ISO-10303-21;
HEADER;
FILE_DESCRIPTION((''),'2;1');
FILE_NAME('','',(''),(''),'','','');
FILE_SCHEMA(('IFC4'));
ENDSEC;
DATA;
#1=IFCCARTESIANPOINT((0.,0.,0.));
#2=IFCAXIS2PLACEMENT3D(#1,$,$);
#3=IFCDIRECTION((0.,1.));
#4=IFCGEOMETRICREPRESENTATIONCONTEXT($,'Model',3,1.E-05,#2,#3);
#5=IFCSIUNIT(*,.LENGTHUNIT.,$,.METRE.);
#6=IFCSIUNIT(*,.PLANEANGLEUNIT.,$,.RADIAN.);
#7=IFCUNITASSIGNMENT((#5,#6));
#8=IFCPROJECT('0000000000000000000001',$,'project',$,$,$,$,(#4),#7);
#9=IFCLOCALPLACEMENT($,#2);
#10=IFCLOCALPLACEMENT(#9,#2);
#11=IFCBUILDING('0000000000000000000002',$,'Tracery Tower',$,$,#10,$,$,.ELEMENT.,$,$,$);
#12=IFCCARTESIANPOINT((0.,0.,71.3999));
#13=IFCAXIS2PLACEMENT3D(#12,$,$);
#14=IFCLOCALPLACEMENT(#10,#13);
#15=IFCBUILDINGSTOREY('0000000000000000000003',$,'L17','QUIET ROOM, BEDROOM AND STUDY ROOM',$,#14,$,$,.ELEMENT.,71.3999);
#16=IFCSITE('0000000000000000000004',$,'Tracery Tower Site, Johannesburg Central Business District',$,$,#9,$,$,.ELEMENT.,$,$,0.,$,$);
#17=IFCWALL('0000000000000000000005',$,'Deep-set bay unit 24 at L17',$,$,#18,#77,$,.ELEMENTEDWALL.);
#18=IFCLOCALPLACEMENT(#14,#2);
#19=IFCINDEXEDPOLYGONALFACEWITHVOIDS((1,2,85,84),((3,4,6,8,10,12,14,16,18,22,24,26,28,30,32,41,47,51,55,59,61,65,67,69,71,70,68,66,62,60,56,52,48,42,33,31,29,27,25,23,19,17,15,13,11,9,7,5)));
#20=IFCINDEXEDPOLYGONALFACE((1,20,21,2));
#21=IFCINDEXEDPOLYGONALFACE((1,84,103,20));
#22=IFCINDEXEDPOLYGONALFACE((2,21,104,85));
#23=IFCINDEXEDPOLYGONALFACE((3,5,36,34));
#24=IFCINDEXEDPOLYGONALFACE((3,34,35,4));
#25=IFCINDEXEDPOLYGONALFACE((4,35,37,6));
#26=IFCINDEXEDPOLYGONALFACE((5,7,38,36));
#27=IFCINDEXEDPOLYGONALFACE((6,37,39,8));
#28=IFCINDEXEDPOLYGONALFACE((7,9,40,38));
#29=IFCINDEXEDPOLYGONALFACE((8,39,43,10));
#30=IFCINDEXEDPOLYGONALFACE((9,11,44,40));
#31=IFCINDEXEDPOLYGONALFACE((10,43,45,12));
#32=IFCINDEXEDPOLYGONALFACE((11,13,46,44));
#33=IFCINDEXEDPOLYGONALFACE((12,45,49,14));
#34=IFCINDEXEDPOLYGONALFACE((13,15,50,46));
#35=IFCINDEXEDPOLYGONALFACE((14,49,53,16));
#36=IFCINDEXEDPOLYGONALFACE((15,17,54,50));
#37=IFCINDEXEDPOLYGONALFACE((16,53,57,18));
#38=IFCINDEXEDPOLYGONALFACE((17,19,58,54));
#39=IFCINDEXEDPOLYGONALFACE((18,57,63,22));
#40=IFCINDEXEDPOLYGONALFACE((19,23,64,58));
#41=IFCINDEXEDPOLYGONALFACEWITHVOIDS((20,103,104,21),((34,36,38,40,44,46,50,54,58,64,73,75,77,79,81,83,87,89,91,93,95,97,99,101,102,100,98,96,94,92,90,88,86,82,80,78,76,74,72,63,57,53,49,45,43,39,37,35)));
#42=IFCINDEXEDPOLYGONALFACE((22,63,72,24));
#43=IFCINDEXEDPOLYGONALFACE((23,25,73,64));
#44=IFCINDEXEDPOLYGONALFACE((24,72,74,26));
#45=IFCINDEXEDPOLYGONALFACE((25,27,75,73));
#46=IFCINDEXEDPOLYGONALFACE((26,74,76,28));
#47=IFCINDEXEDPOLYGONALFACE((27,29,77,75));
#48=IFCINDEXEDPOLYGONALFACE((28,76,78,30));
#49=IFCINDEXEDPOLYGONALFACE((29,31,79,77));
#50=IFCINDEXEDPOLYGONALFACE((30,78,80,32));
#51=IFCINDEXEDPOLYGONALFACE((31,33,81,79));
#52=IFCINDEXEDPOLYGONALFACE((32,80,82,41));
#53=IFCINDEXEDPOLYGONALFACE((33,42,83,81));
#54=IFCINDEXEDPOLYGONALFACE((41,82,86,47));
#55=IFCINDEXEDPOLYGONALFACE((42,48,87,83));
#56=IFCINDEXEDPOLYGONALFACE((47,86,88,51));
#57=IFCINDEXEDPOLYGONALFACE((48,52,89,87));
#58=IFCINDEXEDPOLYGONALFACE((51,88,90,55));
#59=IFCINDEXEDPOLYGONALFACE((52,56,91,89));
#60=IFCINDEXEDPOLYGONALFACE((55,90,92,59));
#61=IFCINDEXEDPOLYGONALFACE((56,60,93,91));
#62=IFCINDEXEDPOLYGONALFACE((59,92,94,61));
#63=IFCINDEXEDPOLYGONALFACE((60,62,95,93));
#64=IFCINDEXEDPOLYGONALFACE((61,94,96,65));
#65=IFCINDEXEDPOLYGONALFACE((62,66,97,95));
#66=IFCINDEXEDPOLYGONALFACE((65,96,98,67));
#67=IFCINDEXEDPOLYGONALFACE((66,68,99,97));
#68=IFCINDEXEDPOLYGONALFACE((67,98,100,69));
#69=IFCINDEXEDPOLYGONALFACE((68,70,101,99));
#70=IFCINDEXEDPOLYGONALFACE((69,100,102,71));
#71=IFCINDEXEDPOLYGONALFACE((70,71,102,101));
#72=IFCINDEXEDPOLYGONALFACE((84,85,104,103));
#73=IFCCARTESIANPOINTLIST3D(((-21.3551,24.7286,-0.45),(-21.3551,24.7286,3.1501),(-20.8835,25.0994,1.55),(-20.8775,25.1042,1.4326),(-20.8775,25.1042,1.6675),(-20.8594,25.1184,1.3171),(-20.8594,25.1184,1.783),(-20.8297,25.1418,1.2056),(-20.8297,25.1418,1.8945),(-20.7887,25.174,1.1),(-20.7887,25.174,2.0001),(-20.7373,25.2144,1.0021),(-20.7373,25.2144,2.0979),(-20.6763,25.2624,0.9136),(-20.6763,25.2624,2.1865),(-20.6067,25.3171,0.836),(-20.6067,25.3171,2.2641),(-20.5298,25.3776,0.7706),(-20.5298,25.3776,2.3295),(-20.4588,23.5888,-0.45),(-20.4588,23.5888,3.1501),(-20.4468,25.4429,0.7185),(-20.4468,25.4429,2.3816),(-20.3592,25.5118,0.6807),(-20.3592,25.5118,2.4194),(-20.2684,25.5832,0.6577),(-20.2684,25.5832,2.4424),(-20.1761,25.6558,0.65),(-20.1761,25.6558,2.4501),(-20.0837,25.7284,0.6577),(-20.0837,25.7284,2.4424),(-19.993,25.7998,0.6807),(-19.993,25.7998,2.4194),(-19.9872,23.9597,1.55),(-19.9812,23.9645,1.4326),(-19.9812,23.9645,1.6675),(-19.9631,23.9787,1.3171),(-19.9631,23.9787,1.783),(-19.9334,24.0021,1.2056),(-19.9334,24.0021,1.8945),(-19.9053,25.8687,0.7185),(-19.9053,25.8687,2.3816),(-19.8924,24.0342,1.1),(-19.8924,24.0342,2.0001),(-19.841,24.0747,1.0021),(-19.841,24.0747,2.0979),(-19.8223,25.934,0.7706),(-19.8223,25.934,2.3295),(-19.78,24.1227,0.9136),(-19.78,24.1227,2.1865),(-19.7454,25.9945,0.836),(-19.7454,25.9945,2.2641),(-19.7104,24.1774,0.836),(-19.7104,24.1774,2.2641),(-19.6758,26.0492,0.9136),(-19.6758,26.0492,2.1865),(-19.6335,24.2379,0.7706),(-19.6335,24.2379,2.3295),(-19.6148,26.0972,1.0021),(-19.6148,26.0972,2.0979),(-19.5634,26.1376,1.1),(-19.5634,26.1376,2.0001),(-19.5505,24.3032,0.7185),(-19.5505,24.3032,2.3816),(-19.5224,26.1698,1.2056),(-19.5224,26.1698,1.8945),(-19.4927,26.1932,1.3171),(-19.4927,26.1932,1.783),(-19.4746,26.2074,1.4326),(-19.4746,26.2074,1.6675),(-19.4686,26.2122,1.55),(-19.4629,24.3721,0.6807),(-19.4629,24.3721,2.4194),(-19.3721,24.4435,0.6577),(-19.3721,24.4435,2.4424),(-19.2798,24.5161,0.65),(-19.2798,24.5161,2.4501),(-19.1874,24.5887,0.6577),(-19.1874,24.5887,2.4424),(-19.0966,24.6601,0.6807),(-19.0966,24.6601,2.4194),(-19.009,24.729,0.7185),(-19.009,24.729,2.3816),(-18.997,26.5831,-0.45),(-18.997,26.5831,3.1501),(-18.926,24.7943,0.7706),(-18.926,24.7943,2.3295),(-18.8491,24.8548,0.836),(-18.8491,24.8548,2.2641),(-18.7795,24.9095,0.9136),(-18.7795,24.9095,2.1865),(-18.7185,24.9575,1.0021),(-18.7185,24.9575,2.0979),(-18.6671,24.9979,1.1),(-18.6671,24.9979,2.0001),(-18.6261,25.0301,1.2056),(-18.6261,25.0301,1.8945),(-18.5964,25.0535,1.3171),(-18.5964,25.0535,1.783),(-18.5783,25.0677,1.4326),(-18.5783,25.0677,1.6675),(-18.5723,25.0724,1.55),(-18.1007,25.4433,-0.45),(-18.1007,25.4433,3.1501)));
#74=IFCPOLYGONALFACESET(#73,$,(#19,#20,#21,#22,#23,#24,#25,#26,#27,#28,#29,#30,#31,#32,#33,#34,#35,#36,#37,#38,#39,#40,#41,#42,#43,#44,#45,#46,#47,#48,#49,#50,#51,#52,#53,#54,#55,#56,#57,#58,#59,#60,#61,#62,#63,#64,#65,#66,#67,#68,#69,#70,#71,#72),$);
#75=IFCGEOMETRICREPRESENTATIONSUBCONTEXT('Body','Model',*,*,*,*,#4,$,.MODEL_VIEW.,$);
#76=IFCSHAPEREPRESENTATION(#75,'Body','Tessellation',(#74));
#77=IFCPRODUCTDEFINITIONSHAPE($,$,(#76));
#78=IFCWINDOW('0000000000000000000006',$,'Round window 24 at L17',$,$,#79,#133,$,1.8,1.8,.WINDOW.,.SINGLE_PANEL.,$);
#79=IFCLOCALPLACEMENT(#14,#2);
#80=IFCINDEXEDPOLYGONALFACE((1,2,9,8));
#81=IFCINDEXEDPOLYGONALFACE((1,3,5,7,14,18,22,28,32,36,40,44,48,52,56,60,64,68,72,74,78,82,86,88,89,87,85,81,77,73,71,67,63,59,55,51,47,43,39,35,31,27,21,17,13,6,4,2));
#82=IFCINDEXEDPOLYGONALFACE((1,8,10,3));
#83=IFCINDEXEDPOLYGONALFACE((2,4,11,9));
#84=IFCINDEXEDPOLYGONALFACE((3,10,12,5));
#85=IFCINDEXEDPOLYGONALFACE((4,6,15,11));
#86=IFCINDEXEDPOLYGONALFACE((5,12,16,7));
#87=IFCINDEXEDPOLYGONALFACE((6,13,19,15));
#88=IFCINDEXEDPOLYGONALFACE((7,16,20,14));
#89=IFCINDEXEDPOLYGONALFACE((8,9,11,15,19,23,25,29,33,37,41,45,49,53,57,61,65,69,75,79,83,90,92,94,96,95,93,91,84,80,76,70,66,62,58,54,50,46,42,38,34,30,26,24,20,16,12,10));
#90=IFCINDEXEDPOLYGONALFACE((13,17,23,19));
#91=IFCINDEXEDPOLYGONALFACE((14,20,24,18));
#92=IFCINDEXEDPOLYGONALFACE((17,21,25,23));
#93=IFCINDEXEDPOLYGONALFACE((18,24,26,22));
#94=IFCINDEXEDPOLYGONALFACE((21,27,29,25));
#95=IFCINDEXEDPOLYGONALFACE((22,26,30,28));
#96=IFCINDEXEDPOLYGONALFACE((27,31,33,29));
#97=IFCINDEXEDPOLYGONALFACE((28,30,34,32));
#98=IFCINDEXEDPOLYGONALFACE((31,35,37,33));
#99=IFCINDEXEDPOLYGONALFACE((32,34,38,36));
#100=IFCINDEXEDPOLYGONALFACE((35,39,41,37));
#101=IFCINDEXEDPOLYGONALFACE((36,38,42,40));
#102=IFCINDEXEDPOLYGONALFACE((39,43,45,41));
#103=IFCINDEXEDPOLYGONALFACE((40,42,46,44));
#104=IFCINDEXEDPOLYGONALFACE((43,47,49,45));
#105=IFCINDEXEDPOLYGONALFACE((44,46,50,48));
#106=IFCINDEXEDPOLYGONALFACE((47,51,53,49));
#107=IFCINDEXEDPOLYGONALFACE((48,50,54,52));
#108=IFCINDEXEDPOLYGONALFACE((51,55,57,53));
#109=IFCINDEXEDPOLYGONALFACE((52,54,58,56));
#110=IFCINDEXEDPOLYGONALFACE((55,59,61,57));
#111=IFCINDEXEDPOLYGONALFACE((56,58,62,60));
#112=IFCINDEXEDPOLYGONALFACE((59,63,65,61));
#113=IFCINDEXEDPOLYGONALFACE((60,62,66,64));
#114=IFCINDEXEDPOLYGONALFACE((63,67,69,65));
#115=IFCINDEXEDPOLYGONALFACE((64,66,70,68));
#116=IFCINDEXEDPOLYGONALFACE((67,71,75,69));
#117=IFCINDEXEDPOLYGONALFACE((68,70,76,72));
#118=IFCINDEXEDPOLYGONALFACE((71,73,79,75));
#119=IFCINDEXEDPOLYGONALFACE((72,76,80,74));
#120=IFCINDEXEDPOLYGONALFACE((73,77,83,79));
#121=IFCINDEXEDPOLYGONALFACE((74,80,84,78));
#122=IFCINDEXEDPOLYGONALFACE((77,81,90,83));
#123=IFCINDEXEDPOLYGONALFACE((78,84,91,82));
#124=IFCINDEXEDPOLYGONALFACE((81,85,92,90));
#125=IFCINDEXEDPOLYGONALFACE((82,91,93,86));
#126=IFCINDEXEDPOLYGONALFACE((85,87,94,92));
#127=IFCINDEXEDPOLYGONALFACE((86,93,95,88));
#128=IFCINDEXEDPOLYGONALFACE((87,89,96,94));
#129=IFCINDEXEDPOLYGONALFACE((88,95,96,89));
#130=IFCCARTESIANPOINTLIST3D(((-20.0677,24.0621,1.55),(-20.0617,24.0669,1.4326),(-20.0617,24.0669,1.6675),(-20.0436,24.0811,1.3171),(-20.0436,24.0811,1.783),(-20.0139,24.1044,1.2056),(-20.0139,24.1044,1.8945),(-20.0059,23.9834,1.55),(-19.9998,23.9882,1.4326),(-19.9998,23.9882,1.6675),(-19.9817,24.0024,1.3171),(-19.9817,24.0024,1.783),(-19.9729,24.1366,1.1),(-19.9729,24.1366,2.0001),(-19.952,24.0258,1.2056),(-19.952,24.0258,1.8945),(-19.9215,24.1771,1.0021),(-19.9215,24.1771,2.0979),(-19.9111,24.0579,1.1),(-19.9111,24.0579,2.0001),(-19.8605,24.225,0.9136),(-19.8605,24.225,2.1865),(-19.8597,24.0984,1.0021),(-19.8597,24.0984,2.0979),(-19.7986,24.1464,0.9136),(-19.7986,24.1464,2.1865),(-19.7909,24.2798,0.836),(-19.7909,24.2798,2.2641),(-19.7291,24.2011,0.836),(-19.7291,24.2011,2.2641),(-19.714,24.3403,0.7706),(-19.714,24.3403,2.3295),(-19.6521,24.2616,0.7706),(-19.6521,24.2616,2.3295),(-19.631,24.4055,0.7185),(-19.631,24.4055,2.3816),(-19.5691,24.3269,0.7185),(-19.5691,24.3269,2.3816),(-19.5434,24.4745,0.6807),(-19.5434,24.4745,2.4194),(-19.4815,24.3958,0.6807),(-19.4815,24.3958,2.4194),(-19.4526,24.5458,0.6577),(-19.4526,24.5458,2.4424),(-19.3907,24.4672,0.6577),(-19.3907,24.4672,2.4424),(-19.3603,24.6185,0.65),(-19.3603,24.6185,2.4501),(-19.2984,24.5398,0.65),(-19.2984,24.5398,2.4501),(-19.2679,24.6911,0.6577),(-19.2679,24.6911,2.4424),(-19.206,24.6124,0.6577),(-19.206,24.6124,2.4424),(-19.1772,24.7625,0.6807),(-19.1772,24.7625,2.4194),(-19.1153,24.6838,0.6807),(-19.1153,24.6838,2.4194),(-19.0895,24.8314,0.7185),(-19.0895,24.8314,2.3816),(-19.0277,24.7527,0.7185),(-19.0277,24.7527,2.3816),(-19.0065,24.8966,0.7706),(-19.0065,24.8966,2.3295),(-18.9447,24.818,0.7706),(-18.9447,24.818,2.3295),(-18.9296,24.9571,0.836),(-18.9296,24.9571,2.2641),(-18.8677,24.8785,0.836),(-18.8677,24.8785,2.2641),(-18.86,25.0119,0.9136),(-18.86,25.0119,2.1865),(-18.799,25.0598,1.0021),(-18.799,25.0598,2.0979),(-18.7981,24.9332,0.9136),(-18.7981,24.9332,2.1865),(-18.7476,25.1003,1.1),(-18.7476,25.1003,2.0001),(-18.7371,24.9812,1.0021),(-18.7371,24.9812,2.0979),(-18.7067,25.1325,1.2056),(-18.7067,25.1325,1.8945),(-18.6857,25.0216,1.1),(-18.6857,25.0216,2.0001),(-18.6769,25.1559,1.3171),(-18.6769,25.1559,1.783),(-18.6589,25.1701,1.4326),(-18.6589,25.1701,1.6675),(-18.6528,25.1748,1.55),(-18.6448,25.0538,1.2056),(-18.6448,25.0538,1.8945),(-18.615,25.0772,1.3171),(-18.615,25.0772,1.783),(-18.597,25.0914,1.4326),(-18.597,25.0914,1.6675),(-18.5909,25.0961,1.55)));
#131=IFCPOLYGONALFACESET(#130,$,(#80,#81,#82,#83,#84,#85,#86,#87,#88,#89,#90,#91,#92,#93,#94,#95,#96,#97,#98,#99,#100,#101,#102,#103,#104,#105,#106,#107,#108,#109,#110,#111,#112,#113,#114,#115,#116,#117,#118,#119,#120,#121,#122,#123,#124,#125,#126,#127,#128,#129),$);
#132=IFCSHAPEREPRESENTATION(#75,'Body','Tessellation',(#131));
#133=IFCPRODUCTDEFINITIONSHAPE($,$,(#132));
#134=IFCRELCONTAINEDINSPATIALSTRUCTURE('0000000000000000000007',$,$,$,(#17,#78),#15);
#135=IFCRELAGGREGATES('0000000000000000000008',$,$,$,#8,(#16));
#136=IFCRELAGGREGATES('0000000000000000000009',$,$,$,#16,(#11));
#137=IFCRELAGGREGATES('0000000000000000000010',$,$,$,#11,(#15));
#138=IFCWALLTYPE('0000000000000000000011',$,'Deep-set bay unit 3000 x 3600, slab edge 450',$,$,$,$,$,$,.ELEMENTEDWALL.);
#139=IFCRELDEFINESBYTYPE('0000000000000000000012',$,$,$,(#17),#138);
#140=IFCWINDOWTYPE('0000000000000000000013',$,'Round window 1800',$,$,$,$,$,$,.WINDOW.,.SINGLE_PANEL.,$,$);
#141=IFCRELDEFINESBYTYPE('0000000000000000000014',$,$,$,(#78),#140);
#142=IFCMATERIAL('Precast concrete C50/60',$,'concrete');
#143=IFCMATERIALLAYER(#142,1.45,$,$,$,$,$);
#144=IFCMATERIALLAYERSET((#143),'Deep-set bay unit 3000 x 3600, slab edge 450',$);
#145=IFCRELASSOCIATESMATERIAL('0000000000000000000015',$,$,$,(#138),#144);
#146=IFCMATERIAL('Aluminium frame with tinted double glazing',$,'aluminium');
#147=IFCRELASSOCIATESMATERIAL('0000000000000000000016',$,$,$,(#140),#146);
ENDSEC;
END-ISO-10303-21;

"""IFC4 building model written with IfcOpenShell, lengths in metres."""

from ifc_helpers import new_model, si_unit, direction, frame, frame_2d, origin, origin_2d, place, context, subcontext, project, spatial, rectangle, circle, extrude, material, layer, layer_set, type_object, element, fill, save


model = new_model("IFC4")

# Units and contexts
model_context = context("Model", 3, precision=1e-05, world=origin(), true_north=direction((0.0, 1.0)))
body_context = subcontext(model_context, "Body", "Model", "MODEL_VIEW")
ifc_project = project(units=[si_unit("LENGTHUNIT", "METRE"), si_unit("PLANEANGLEUNIT", "RADIAN")], contexts=[model_context])

# Site, building, storey
site_placement = place(None, origin())
site = spatial("IfcSite", under=ifc_project, at=site_placement, Name="Tracery Tower Site, Johannesburg Central Business District", CompositionType="ELEMENT", RefElevation=0.0)
building_placement = place(site_placement, origin())
building = spatial("IfcBuilding", under=site, at=building_placement, Name="Tracery Tower", CompositionType="ELEMENT")
storey_placement = place(building_placement, frame((0.0, 0.0, 71.3999)))
storey = spatial("IfcBuildingStorey", under=building, at=storey_placement, Name="L17", Description="QUIET ROOM, BEDROOM AND STUDY ROOM", CompositionType="ELEMENT", Elevation=71.3999)

# Wall, opening, window
ifc_material_1 = material(Name="Precast concrete C50/60", Category="concrete")
ifc_layer_1 = layer(ifc_material_1, 1.45)
ifc_layer_set_1 = layer_set([ifc_layer_1], Name="Deep-set bay unit 3000 x 3600, slab edge 450")
wall_type_1 = type_object("IfcWallType", Name="Deep-set bay unit 3000 x 3600, slab edge 450", PredefinedType="ELEMENTEDWALL", material=ifc_layer_set_1)
wall_1_placement = place(storey_placement, frame((-18.5488, 26.0132, -0.45), z_axis=(0.0, 0.0, 1.0), x_axis=(-0.78605, -0.618163, 0.0)))
wall_1 = element("IfcWall", 1, at=wall_1_placement, inside=storey, type_object=wall_type_1, Name="Deep-set bay unit 24 at L17", PredefinedType="ELEMENTEDWALL", context=body_context, shape_type="SweptSolid", body=[
    extrude(rectangle(XDim=3.0, YDim=1.45, at=frame_2d((1.5, 0.0))), origin(), (0.0, 0.0, 1.0), 3.6001),
])
opening_1_placement = place(wall_1_placement, frame((1.5, 0.0, 2.0)))
opening_1 = element("IfcOpeningElement", 2, at=opening_1_placement, cuts=wall_1, PredefinedType="OPENING", context=body_context, shape_type="SweptSolid", body=[
    extrude(circle(Radius=0.9, at=origin_2d()), frame((0.0, 0.7349, 0.0), z_axis=(0.0, -1.0, 0.0), x_axis=(1.0, 0.0, 0.0)), (0.0, 0.0, 1.0), 1.47),
])
ifc_material_2 = material(Name="Aluminium frame with tinted double glazing", Category="aluminium")
window_type = type_object("IfcWindowType", Name="Round window 1800", PartitioningType="SINGLE_PANEL", PredefinedType="WINDOW", material=ifc_material_2)
window_1_placement = place(opening_1_placement, origin())
window_1 = element("IfcWindow", 3, at=window_1_placement, inside=storey, type_object=window_type, Name="Round window 24 at L17", OverallHeight=1.8, OverallWidth=1.8, PartitioningType="SINGLE_PANEL", PredefinedType="WINDOW", context=body_context, shape_type="SweptSolid", body=[
    extrude(circle(Radius=0.9, at=origin_2d()), frame((0.0, 0.6948, 0.0), z_axis=(0.0, -1.0, 0.0), x_axis=(1.0, 0.0, 0.0)), (0.0, 0.0, 1.0), 0.1001),
])
fill(opening_1, window_1)

save(model, "model.ifc")
